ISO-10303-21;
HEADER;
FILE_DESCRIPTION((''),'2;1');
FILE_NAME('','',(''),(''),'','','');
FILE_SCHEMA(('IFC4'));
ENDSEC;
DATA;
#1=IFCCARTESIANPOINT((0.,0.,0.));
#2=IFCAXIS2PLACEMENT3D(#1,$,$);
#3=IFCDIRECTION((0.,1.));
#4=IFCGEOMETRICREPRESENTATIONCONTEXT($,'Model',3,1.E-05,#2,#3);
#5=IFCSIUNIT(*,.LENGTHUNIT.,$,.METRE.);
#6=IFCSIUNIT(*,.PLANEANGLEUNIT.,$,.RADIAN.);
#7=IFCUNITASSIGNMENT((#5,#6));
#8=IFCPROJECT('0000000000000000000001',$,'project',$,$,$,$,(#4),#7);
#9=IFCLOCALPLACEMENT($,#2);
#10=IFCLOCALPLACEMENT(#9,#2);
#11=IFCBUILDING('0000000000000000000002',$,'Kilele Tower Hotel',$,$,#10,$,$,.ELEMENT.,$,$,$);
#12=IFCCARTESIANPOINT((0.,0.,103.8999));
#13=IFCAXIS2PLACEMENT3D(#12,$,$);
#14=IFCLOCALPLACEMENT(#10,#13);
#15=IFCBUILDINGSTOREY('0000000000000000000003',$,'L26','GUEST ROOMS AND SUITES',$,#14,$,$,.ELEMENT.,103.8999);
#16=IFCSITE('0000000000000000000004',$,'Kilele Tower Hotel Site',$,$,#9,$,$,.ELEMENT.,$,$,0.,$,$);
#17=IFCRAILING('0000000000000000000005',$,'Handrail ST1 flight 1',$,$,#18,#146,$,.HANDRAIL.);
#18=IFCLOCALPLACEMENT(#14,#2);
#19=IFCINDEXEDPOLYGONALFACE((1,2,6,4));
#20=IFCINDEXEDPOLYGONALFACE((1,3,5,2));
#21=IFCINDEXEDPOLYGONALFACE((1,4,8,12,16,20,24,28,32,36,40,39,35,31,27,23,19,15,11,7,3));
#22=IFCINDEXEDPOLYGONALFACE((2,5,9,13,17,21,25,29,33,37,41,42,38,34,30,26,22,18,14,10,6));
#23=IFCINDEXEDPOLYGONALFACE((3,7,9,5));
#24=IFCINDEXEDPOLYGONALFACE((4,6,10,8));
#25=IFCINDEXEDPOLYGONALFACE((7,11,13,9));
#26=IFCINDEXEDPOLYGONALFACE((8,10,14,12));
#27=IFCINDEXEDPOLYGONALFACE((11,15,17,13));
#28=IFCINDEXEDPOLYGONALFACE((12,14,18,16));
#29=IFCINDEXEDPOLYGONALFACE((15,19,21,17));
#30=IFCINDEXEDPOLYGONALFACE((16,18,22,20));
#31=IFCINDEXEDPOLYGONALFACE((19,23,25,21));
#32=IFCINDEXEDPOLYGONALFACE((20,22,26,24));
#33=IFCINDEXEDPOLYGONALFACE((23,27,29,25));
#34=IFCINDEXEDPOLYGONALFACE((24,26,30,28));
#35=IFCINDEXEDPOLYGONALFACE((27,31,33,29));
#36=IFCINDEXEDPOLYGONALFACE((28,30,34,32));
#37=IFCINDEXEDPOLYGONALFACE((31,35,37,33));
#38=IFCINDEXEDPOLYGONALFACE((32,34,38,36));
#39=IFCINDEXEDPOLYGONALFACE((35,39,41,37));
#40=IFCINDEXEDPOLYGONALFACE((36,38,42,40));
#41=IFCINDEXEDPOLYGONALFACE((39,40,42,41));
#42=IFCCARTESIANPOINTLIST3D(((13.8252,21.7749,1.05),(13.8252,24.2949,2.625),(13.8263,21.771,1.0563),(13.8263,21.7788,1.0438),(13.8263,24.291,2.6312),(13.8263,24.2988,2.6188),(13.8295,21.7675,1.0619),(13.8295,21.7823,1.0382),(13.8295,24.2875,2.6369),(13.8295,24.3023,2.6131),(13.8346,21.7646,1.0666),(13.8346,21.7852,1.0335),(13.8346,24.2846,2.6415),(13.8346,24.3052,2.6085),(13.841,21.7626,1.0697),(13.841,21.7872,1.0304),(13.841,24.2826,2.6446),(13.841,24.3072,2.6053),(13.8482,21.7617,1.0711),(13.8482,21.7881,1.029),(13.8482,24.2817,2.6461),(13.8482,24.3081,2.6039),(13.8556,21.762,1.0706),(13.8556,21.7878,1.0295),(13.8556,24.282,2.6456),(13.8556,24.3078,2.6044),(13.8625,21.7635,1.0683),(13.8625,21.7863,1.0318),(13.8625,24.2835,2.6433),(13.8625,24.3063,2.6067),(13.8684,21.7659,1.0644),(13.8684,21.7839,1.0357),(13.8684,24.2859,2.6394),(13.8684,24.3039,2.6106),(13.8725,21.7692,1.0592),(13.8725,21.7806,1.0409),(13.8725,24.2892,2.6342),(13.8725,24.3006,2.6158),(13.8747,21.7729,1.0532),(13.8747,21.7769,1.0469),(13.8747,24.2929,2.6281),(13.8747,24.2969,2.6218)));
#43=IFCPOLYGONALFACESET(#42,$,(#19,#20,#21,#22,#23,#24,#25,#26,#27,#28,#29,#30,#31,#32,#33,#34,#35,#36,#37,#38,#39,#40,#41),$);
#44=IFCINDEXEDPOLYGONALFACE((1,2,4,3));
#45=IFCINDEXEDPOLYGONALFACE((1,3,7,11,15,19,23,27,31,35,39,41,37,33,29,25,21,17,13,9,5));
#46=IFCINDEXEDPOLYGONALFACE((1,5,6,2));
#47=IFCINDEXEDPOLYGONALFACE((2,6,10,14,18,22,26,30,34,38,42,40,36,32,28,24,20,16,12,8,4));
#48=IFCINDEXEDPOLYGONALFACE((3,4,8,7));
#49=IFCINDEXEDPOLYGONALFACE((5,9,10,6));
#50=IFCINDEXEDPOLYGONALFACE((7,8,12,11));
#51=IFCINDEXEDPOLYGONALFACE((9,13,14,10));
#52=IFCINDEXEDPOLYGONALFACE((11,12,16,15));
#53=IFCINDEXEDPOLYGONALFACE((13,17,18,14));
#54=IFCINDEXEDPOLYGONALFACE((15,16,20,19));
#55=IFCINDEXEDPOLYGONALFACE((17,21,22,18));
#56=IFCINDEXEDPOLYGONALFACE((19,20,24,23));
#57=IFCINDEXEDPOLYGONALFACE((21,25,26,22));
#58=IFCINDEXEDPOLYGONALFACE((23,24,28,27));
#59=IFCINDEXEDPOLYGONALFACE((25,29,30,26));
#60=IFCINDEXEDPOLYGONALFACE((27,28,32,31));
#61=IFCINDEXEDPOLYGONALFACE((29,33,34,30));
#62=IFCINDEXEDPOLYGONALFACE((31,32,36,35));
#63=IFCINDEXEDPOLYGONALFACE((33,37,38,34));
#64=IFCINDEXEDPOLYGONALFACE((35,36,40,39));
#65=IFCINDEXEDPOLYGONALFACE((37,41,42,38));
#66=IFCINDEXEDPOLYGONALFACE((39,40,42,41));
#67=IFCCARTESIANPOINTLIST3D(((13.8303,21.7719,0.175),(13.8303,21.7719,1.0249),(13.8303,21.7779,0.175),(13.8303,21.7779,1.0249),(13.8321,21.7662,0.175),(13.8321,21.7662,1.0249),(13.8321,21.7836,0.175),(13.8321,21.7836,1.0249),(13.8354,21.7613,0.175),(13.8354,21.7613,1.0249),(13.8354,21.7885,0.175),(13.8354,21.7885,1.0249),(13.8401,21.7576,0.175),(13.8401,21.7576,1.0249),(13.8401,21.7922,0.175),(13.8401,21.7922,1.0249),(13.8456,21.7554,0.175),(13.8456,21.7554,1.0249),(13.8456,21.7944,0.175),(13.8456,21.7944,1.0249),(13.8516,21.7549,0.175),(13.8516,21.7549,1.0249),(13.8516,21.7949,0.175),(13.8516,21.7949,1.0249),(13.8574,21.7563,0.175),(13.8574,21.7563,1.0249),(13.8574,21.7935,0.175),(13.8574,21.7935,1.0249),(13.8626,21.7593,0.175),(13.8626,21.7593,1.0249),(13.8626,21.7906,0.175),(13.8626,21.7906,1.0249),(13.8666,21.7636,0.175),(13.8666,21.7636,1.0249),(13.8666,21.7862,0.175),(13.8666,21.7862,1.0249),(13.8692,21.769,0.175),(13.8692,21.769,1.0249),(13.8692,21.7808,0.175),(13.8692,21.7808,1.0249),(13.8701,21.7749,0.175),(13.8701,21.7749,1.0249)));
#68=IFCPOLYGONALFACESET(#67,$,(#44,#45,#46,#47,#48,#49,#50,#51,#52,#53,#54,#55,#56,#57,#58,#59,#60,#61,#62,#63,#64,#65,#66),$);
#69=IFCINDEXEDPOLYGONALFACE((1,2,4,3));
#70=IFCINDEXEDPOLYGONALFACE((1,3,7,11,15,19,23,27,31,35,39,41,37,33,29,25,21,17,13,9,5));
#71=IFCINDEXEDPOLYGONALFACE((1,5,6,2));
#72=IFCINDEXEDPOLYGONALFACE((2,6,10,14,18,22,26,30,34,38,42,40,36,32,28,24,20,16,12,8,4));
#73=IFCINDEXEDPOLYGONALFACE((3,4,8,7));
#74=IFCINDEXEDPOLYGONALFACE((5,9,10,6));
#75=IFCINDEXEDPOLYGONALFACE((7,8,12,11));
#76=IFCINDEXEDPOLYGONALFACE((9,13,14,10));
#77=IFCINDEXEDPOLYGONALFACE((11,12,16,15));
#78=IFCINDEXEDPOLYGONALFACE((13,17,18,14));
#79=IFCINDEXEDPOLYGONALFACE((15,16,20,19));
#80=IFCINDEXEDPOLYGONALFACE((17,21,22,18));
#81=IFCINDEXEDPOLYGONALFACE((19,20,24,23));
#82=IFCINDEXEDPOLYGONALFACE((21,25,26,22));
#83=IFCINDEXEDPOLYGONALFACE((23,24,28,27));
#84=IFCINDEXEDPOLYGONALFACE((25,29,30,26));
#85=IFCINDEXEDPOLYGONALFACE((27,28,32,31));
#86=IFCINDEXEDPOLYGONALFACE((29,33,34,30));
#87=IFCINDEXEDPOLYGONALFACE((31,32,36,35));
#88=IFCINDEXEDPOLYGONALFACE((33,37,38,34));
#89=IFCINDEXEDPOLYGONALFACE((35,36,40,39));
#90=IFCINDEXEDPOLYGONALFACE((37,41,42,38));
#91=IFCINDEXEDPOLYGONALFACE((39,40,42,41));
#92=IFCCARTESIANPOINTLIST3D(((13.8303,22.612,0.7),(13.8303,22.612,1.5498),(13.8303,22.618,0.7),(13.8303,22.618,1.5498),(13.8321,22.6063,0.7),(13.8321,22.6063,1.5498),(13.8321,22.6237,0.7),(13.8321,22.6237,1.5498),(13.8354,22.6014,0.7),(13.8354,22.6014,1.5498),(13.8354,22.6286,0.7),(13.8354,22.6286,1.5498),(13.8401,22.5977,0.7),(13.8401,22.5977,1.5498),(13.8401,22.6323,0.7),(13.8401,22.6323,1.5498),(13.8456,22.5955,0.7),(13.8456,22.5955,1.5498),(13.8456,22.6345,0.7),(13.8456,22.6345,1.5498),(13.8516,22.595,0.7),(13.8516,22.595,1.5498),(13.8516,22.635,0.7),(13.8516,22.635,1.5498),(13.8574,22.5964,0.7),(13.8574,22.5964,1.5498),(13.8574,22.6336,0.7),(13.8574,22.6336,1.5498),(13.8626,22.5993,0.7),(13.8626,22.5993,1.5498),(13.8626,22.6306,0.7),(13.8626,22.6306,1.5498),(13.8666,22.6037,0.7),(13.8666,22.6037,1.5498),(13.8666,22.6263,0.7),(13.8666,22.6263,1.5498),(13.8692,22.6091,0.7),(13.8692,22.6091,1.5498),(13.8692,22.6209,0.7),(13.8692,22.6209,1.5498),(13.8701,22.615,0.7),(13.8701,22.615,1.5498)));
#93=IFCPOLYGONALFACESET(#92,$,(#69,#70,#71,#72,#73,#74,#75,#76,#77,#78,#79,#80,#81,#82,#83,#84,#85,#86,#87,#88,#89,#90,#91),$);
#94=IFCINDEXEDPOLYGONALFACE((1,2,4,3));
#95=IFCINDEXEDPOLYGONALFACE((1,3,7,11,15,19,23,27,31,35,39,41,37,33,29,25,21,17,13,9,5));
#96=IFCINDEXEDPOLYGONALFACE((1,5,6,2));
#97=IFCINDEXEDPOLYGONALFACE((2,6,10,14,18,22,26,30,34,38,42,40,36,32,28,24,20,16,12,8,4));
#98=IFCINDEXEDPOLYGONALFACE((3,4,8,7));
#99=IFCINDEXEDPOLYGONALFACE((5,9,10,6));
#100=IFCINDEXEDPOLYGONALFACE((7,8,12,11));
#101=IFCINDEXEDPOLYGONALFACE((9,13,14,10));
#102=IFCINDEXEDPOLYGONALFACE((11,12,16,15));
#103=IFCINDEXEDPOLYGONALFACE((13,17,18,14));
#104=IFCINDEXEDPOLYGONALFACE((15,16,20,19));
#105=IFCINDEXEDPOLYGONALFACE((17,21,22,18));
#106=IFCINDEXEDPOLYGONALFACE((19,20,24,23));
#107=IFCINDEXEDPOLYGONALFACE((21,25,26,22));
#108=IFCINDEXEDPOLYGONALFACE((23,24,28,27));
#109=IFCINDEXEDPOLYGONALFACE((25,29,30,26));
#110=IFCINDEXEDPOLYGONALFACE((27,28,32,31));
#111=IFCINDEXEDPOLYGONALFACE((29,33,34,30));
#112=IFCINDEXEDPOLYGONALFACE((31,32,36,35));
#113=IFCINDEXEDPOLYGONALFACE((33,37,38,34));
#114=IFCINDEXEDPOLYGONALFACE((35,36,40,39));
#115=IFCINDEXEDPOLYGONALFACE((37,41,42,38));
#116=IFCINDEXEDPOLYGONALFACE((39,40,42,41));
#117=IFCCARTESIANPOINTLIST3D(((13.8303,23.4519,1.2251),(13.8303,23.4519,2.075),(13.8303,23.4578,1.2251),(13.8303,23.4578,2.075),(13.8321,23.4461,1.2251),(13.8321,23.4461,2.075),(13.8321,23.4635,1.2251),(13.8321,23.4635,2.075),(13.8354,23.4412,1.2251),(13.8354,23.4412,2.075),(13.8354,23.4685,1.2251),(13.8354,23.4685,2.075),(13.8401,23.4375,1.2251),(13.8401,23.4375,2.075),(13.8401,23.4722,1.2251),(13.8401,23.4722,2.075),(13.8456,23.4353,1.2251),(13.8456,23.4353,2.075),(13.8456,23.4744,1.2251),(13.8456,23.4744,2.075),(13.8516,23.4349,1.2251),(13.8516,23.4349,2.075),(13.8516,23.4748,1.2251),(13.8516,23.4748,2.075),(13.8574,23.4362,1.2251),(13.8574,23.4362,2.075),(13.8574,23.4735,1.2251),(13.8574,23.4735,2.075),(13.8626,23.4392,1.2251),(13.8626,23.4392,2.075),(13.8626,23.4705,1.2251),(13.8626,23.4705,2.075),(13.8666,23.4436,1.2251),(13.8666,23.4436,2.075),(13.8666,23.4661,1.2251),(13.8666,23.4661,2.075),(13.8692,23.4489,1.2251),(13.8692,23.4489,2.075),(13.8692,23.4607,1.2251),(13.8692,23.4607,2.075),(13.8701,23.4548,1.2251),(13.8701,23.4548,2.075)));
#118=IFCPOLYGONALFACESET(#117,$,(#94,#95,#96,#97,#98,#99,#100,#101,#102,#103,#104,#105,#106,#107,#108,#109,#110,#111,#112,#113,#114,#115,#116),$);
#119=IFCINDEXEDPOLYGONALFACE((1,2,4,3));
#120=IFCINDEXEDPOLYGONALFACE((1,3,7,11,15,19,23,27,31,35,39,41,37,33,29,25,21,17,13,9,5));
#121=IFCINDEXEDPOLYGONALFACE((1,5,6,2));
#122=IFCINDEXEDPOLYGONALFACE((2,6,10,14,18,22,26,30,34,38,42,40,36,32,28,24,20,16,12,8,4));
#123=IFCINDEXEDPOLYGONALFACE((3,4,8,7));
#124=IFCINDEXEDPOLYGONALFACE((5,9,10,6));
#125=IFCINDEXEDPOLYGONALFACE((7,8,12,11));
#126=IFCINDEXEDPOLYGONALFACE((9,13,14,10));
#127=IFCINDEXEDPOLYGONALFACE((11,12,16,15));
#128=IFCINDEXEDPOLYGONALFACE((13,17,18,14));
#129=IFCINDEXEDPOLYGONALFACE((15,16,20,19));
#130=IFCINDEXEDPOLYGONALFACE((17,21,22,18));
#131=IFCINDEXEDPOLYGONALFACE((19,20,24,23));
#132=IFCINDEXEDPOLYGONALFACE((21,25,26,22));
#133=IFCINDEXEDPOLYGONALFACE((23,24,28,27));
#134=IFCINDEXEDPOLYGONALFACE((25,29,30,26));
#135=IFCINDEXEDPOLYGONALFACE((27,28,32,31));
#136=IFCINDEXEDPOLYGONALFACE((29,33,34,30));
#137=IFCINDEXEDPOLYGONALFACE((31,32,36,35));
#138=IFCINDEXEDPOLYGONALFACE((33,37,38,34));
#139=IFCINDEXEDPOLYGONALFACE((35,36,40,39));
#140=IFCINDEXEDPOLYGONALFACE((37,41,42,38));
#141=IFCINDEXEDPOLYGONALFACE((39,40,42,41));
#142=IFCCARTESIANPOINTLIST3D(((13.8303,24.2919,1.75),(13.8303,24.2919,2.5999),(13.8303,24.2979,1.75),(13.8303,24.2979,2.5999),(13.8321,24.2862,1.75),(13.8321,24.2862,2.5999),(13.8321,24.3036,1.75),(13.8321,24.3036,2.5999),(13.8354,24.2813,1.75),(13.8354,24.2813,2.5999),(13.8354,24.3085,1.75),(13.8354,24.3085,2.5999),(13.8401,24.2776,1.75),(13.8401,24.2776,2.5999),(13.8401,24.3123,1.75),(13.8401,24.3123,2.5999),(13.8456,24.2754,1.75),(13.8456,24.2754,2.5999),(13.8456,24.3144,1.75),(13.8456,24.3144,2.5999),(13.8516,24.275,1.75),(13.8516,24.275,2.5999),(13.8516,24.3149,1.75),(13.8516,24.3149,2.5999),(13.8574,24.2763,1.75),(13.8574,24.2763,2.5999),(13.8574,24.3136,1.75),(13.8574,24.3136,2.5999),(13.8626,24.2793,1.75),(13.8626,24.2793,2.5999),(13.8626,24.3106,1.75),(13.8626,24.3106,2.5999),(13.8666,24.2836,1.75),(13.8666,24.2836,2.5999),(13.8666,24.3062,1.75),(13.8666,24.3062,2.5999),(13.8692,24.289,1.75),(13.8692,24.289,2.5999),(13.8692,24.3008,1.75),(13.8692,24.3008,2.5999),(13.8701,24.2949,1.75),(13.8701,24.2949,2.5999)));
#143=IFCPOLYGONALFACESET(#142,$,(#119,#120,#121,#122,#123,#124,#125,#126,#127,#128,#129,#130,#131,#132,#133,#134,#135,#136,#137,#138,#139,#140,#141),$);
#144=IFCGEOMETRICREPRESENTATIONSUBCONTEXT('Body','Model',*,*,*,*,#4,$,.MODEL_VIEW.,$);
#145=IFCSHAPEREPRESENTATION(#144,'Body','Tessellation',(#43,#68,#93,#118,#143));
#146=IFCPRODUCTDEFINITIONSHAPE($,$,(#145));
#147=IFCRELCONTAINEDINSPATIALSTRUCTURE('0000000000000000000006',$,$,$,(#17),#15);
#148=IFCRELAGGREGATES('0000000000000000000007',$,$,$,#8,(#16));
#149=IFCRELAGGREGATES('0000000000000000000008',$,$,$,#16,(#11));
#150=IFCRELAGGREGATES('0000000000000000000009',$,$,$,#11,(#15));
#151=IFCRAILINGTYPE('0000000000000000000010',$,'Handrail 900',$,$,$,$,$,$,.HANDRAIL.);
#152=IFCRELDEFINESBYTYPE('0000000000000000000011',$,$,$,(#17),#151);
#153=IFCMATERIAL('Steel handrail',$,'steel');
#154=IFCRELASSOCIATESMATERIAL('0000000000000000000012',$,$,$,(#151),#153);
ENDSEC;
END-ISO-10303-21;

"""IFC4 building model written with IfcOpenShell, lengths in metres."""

from ifc_helpers import new_model, si_unit, direction, frame, origin, origin_2d, place, context, subcontext, project, spatial, circle, extrude, material, type_object, element, save


model = new_model("IFC4")

# Units and contexts
model_context = context("Model", 3, precision=1e-05, world=origin(), true_north=direction((0.0, 1.0)))
body_context = subcontext(model_context, "Body", "Model", "MODEL_VIEW")
ifc_project = project(units=[si_unit("LENGTHUNIT", "METRE"), si_unit("PLANEANGLEUNIT", "RADIAN")], contexts=[model_context])

# Site, building, storey
site_placement = place(None, origin())
site = spatial("IfcSite", under=ifc_project, at=site_placement, Name="Kilele Tower Hotel Site", CompositionType="ELEMENT", RefElevation=0.0)
building_placement = place(site_placement, origin())
building = spatial("IfcBuilding", under=site, at=building_placement, Name="Kilele Tower Hotel", CompositionType="ELEMENT")
storey_placement = place(building_placement, frame((0.0, 0.0, 103.8999)))
storey = spatial("IfcBuildingStorey", under=building, at=storey_placement, Name="L26", Description="GUEST ROOMS AND SUITES", CompositionType="ELEMENT", Elevation=103.8999)

# Railing
ifc_material_1 = material(Name="Steel handrail", Category="steel")
railing_type_1 = type_object("IfcRailingType", Name="Handrail 900", PredefinedType="HANDRAIL", material=ifc_material_1)
for number, where, name in (
    (1, (13.8501, 21.7749, 0.175), "Handrail ST1 flight 1"),
):
    element("IfcRailing", number, at=place(storey_placement, frame(where)), inside=storey, type_object=railing_type_1, Name=name, PredefinedType="HANDRAIL", context=body_context, shape_type="SweptSolid", body=[
        extrude(circle(Radius=0.0249, at=origin_2d()), frame((0.0, 0.0, 0.875), z_axis=(0.0, 0.848008, 0.529984), x_axis=(-1.0, 0.0, 0.0)), (0.0, 0.0, 1.0), 2.9717),
        extrude(circle(Radius=0.02, at=origin_2d()), origin(), (0.0, 0.0, 1.0), 0.8499),
        extrude(circle(Radius=0.02, at=origin_2d()), frame((0.0, 0.8401, 0.5249)), (0.0, 0.0, 1.0), 0.8499),
        extrude(circle(Radius=0.02, at=origin_2d()), frame((0.0, 1.6799, 1.05)), (0.0, 0.0, 1.0), 0.8499),
        extrude(circle(Radius=0.02, at=origin_2d()), frame((0.0, 2.52, 1.575)), (0.0, 0.0, 1.0), 0.8499),
    ])

save(model, "model.ifc")
